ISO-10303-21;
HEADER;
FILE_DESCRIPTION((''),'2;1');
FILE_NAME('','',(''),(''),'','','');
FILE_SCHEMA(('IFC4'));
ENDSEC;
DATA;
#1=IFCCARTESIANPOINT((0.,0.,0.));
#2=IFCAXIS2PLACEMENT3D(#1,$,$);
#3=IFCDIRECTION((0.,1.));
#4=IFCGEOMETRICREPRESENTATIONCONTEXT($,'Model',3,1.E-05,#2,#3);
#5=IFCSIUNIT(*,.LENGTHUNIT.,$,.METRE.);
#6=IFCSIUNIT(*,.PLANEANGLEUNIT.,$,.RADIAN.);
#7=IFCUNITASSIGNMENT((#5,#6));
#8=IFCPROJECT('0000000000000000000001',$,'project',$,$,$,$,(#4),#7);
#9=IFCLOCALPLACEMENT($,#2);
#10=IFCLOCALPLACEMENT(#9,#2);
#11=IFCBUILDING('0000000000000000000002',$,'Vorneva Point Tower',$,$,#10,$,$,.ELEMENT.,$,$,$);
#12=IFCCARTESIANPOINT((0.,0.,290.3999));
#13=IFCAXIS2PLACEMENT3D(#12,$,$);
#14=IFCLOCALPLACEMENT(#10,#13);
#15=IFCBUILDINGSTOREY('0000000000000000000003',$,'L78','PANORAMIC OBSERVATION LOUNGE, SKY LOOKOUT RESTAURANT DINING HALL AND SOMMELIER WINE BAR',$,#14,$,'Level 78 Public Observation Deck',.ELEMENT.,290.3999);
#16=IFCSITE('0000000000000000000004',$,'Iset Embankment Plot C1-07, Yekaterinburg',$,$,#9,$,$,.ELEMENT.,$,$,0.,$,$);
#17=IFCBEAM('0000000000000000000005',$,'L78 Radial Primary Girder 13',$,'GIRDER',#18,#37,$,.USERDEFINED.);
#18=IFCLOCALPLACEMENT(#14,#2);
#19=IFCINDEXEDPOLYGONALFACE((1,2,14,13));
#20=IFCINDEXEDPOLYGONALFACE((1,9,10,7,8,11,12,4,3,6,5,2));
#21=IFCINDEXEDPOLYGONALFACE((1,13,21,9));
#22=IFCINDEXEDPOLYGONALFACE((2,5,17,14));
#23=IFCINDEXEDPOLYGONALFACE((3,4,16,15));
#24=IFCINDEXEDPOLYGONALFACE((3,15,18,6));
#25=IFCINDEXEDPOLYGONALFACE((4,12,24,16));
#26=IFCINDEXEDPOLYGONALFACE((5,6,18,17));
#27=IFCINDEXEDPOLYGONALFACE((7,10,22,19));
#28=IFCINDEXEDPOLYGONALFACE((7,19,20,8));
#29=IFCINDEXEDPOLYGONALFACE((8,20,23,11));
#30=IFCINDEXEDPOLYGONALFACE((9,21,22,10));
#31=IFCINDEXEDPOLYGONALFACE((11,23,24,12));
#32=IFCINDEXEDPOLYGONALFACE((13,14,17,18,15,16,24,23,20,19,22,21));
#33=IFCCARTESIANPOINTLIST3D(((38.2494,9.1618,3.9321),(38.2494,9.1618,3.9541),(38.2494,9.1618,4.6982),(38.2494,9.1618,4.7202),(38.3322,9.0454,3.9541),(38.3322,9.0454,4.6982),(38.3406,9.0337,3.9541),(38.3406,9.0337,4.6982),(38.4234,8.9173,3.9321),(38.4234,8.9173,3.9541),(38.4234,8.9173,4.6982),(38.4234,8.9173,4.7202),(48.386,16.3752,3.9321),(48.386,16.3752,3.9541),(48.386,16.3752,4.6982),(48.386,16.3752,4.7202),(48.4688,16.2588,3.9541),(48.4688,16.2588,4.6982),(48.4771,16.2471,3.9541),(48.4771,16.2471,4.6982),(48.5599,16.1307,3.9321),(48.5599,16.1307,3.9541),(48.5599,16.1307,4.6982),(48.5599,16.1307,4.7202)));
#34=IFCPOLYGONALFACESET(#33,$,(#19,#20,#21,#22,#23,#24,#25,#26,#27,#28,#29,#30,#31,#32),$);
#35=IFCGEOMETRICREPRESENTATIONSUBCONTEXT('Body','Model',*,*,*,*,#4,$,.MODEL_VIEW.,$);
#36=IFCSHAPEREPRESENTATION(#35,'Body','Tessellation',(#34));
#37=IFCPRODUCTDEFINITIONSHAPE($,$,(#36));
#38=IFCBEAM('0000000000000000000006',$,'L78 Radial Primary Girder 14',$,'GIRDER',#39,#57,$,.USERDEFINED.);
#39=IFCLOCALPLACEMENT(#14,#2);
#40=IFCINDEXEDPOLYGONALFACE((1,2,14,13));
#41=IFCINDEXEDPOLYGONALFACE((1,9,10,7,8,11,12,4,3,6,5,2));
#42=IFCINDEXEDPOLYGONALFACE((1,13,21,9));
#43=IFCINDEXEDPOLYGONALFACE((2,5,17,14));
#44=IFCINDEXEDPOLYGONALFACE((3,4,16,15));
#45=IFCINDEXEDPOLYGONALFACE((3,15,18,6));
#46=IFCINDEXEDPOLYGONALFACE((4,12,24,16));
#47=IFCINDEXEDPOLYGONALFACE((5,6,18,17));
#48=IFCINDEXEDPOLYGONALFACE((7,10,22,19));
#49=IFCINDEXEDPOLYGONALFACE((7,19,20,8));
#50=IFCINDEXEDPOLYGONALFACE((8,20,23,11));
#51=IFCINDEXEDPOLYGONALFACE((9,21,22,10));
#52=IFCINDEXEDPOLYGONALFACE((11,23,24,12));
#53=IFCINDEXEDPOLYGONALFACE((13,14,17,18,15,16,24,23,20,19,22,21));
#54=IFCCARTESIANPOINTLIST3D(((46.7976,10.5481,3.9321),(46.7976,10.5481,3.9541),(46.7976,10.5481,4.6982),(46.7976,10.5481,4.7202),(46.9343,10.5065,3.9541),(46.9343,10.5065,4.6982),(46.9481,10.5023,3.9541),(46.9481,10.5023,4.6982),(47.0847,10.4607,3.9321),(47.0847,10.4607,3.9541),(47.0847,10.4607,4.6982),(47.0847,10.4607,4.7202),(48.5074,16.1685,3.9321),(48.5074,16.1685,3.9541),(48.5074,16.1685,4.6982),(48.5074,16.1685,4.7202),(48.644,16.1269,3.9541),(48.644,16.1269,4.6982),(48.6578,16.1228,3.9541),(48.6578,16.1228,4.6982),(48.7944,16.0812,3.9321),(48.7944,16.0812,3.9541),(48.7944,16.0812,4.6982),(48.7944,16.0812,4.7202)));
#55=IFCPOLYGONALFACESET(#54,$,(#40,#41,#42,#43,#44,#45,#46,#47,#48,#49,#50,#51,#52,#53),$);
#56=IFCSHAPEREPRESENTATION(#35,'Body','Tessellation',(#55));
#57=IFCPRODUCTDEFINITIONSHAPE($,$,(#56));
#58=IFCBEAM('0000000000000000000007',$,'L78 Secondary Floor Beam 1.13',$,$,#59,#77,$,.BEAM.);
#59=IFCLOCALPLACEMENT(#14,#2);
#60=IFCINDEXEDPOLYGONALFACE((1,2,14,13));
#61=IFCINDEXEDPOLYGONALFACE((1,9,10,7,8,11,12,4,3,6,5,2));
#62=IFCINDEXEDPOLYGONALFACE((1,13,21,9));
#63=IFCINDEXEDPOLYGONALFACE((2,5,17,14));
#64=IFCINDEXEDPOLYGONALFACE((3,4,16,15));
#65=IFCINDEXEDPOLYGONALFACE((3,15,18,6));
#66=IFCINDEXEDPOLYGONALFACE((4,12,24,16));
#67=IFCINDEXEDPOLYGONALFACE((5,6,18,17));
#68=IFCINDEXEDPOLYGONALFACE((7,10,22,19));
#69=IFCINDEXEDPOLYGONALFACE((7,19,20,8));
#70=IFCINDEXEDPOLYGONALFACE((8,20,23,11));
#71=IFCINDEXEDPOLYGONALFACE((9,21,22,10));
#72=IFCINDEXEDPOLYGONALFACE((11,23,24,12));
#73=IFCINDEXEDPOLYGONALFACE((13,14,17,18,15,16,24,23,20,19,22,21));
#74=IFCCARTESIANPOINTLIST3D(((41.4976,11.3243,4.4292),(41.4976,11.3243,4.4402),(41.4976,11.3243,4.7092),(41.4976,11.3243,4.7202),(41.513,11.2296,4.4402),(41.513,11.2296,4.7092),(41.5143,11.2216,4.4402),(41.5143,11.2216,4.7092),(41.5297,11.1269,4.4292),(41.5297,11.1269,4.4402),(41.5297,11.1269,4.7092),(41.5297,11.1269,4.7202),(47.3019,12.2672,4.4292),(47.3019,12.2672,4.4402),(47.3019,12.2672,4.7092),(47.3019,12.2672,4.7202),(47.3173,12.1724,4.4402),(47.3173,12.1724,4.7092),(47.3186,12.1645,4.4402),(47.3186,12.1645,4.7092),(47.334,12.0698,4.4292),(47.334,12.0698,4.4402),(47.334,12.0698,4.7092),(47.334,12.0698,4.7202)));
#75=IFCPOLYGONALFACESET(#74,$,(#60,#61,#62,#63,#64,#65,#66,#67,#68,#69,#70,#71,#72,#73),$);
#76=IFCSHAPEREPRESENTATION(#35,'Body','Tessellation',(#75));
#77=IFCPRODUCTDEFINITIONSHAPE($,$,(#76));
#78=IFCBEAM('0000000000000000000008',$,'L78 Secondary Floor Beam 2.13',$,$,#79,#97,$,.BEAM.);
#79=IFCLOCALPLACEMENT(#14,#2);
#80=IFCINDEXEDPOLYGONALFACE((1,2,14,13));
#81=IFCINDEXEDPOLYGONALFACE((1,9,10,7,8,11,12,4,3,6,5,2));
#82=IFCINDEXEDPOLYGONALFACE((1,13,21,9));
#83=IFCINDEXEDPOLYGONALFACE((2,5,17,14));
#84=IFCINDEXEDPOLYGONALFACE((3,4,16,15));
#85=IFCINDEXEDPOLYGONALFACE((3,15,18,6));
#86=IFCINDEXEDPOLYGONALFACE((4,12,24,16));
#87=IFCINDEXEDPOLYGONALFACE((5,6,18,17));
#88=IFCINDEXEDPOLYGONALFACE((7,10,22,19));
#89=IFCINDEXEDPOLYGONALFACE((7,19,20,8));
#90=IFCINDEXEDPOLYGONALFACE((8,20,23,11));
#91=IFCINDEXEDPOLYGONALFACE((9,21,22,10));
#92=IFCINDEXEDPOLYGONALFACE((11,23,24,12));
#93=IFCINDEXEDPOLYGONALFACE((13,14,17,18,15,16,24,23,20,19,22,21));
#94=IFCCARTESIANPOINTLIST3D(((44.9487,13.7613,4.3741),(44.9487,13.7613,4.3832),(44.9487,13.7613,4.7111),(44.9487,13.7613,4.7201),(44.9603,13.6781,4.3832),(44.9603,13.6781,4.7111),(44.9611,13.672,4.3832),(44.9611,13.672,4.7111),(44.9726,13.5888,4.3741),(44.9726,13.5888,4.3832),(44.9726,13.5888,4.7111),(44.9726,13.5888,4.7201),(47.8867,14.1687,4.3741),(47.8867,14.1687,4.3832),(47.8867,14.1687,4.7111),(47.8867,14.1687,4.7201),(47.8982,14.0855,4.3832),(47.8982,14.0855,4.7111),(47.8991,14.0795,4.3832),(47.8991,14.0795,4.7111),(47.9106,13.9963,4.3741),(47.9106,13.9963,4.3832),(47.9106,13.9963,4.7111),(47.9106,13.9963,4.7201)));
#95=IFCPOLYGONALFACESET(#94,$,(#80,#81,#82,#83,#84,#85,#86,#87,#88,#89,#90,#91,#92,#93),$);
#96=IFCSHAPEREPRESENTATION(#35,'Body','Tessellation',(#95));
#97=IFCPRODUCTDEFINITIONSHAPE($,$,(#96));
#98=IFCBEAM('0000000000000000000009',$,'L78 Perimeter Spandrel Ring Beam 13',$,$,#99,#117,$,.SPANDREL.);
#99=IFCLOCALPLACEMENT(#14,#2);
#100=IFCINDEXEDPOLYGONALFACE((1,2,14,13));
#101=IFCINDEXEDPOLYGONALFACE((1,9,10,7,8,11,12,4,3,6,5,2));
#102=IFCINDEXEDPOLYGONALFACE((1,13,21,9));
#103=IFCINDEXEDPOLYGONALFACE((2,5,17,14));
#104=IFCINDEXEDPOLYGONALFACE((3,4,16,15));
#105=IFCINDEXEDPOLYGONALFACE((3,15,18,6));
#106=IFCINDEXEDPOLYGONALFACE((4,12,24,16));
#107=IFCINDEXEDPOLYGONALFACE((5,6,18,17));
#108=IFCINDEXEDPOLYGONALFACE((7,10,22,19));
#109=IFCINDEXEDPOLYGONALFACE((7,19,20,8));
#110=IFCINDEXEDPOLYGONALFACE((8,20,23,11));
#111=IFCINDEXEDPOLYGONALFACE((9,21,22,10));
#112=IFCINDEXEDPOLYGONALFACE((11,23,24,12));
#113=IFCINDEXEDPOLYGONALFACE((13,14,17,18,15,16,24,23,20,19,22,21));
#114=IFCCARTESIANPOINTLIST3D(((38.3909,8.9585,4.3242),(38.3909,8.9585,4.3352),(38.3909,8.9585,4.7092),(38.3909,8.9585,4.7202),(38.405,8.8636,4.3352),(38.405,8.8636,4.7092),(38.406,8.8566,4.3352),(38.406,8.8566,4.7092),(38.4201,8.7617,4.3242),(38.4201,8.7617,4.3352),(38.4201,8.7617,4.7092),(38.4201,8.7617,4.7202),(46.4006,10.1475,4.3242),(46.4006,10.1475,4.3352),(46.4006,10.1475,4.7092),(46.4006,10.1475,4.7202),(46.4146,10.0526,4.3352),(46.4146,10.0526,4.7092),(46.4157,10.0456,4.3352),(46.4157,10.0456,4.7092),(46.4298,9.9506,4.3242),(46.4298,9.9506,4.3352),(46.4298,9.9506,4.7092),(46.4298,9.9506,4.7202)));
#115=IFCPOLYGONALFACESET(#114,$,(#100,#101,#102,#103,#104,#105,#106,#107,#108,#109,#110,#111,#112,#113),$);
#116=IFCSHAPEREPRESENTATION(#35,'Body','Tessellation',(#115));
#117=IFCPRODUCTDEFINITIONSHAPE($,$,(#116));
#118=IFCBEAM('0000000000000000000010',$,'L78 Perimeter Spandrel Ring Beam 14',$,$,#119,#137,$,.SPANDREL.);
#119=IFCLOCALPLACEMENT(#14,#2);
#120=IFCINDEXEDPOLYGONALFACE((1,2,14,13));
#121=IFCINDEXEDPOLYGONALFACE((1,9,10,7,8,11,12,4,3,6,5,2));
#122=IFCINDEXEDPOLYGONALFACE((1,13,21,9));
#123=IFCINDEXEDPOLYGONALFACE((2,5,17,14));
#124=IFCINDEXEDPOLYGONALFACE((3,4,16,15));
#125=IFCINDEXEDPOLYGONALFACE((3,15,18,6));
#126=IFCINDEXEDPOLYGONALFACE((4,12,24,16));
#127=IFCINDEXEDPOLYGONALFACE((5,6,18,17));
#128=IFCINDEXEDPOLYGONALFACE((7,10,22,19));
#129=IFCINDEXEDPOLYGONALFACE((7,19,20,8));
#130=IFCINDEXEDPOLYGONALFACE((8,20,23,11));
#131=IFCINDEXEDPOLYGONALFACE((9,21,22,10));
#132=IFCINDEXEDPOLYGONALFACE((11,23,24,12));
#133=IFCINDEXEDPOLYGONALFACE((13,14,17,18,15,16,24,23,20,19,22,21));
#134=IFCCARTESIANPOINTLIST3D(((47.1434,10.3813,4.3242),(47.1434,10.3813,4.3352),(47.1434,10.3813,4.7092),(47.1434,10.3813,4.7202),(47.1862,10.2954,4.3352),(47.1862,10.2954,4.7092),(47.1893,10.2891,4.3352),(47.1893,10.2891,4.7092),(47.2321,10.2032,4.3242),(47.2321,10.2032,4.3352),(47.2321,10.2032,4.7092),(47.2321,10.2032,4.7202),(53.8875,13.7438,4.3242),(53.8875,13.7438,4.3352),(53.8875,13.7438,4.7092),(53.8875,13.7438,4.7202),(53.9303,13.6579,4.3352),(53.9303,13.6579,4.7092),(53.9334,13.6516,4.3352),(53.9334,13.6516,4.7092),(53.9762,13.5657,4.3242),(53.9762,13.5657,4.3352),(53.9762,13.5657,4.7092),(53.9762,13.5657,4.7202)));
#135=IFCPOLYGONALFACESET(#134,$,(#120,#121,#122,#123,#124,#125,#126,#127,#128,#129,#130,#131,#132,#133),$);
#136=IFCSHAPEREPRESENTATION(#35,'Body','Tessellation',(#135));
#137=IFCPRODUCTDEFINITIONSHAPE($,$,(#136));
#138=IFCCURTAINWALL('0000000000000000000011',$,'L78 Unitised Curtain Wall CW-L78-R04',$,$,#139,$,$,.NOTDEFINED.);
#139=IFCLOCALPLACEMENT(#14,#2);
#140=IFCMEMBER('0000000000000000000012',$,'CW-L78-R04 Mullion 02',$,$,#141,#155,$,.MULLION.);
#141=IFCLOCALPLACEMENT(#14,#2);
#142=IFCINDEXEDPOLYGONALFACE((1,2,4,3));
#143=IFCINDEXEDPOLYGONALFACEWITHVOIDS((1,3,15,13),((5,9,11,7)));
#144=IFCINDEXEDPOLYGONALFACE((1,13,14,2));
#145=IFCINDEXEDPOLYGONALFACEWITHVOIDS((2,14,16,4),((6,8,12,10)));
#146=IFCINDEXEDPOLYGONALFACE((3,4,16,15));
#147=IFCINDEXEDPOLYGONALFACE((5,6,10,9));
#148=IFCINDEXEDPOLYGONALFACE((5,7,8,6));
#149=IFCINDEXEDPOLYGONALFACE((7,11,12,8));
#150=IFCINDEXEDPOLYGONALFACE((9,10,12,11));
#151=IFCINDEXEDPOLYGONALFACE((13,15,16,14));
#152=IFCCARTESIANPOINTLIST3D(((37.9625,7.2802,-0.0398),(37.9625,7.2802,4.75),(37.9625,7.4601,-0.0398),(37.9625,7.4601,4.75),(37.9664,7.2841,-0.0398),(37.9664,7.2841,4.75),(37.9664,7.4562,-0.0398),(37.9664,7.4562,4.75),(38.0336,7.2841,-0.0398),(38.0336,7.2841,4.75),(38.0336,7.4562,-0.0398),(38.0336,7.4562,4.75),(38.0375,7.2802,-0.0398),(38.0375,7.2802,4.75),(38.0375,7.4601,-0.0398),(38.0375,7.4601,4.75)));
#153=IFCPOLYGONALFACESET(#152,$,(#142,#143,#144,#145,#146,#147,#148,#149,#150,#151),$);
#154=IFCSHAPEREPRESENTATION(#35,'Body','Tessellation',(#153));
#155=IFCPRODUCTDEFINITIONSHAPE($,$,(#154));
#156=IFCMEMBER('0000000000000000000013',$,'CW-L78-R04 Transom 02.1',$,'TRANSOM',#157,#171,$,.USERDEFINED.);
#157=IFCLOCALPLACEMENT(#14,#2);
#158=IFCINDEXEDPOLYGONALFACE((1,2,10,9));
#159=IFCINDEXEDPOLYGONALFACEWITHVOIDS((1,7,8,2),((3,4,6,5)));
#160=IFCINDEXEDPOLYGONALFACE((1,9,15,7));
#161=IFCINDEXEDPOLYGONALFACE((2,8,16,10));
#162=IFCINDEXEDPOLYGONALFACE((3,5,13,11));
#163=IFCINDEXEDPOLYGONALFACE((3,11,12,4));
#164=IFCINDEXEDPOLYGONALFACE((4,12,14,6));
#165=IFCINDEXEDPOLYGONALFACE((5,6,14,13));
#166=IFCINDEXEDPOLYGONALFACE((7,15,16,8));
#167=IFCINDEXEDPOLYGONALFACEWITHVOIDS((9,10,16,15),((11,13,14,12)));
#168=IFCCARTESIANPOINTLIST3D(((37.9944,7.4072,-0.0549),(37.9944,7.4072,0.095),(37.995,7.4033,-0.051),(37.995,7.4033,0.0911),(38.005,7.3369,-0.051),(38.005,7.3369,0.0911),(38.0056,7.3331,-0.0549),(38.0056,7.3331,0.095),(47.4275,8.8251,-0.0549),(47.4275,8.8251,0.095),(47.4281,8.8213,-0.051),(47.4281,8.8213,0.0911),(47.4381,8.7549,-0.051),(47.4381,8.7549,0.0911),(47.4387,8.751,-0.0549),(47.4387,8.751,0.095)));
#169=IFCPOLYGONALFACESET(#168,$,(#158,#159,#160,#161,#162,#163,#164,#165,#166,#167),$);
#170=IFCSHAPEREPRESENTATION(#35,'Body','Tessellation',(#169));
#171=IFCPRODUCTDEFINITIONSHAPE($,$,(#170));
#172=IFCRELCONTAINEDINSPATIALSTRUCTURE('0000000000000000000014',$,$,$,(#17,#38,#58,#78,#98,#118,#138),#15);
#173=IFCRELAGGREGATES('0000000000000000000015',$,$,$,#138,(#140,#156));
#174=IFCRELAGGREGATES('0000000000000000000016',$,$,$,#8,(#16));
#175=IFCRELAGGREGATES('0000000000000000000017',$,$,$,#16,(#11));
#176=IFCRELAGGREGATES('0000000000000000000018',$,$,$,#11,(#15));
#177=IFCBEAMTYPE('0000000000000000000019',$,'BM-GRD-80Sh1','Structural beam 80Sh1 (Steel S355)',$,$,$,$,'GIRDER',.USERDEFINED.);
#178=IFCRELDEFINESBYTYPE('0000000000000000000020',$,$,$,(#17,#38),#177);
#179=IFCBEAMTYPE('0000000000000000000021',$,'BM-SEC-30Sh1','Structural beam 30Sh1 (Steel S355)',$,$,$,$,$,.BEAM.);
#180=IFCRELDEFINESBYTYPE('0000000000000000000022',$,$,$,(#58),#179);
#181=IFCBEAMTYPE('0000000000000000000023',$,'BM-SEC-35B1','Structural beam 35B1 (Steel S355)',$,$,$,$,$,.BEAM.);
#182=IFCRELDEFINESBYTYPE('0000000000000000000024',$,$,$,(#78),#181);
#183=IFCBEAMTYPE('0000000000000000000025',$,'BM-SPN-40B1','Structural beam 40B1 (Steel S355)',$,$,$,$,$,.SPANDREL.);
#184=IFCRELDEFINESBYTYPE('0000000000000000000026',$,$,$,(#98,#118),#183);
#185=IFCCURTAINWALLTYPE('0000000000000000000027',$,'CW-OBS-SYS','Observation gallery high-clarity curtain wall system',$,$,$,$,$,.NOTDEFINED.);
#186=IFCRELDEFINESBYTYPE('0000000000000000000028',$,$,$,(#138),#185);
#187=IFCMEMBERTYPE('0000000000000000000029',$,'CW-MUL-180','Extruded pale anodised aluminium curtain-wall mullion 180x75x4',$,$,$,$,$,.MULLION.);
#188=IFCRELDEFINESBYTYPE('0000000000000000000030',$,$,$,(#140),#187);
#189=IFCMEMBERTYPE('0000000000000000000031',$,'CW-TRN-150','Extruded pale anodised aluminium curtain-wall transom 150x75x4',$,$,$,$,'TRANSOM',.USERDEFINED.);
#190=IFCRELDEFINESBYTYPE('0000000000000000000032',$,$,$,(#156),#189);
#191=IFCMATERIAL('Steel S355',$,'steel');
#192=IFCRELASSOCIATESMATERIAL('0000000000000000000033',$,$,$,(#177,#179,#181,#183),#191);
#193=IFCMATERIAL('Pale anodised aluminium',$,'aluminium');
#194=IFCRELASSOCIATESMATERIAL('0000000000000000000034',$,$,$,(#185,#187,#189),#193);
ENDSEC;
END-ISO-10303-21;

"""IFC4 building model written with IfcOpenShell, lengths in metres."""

from ifc_helpers import new_model, si_unit, direction, frame, origin, origin_2d, place, context, subcontext, project, spatial, hollow_rectangle, i_section, extrude, material, material_profile, profile_set, type_object, element, aggregate, save


model = new_model("IFC4")

# Units and contexts
model_context = context("Model", 3, precision=1e-05, world=origin(), true_north=direction((0.0, 1.0)))
body_context = subcontext(model_context, "Body", "Model", "MODEL_VIEW")
ifc_project = project(units=[si_unit("LENGTHUNIT", "METRE"), si_unit("PLANEANGLEUNIT", "RADIAN")], contexts=[model_context])

# Site, building, storey
site_placement = place(None, origin())
site = spatial("IfcSite", under=ifc_project, at=site_placement, Name="Iset Embankment Plot C1-07, Yekaterinburg", CompositionType="ELEMENT", RefElevation=0.0)
building_placement = place(site_placement, origin())
building = spatial("IfcBuilding", under=site, at=building_placement, Name="Vorneva Point Tower", CompositionType="ELEMENT")
storey_placement = place(building_placement, frame((0.0, 0.0, 290.3999)))
storey = spatial("IfcBuildingStorey", under=building, at=storey_placement, Name="L78", Description="PANORAMIC OBSERVATION LOUNGE, SKY LOOKOUT RESTAURANT DINING HALL AND SOMMELIER WINE BAR", LongName="Level 78 Public Observation Deck", CompositionType="ELEMENT", Elevation=290.3999)

# Beams
ifc_material_1 = material(Name="Steel S355", Category="steel")
ifc_material_profile_1 = material_profile(ifc_material_1, i_section(OverallWidth=0.3, OverallDepth=0.7881, WebThickness=0.0144, FlangeThickness=0.022, at=origin_2d()), Name="80Sh1")
ifc_profile_set_1 = profile_set([ifc_material_profile_1], Name="Steel S355")
beam_type_1 = type_object("IfcBeamType", Name="BM-GRD-80Sh1", Description="Structural beam 80Sh1 (Steel S355)", ElementType="GIRDER", PredefinedType="USERDEFINED", material=ifc_profile_set_1)
beam_1_placement = place(storey_placement, frame((38.3364, 9.0396, 4.3262), z_axis=(0.814757, 0.579802, 0.0), x_axis=(-0.579802, 0.814757, 0.0)))
element("IfcBeam", 1, at=beam_1_placement, inside=storey, type_object=beam_type_1, Name="L78 Radial Primary Girder 13", ObjectType="GIRDER", PredefinedType="USERDEFINED", context=body_context, shape_type="SweptSolid", body=[
    extrude(i_section(OverallWidth=0.3, OverallDepth=0.7881, WebThickness=0.0144, FlangeThickness=0.022, at=origin_2d()), origin(), (0.0, 0.0, 1.0), 12.4412),
])
beam_2_placement = place(storey_placement, frame((46.9412, 10.5044, 4.3262), z_axis=(0.291033, 0.956713, 0.0), x_axis=(-0.956713, 0.291033, 0.0)))
element("IfcBeam", 2, at=beam_2_placement, inside=storey, type_object=beam_type_1, Name="L78 Radial Primary Girder 14", ObjectType="GIRDER", PredefinedType="USERDEFINED", context=body_context, shape_type="SweptSolid", body=[
    extrude(i_section(OverallWidth=0.3, OverallDepth=0.7881, WebThickness=0.0144, FlangeThickness=0.022, at=origin_2d()), origin(), (0.0, 0.0, 1.0), 5.8748),
])
ifc_material_profile_2 = material_profile(ifc_material_1, i_section(OverallWidth=0.2, OverallDepth=0.291, WebThickness=0.0081, FlangeThickness=0.011, at=origin_2d()), Name="30Sh1")
ifc_profile_set_2 = profile_set([ifc_material_profile_2], Name="Steel S355")
beam_type_2 = type_object("IfcBeamType", Name="BM-SEC-30Sh1", Description="Structural beam 30Sh1 (Steel S355)", PredefinedType="BEAM", material=ifc_profile_set_2)
beam_3_placement = place(storey_placement, frame((41.5137, 11.2256, 4.5747), z_axis=(0.987061, 0.160344, 0.0), x_axis=(-0.160344, 0.987061, 0.0)))
element("IfcBeam", 3, at=beam_3_placement, inside=storey, type_object=beam_type_2, Name="L78 Secondary Floor Beam 1.13", PredefinedType="BEAM", context=body_context, shape_type="SweptSolid", body=[
    extrude(i_section(OverallWidth=0.2, OverallDepth=0.291, WebThickness=0.0081, FlangeThickness=0.011, at=origin_2d()), origin(), (0.0, 0.0, 1.0), 5.8804),
])
ifc_material_profile_3 = material_profile(ifc_material_1, i_section(OverallWidth=0.1741, OverallDepth=0.3459, WebThickness=0.0061, FlangeThickness=0.009, at=origin_2d()), Name="35B1")
ifc_profile_set_3 = profile_set([ifc_material_profile_3], Name="Steel S355")
beam_type_3 = type_object("IfcBeamType", Name="BM-SEC-35B1", Description="Structural beam 35B1 (Steel S355)", PredefinedType="BEAM", material=ifc_profile_set_3)
beam_4_placement = place(storey_placement, frame((44.9607, 13.675, 4.5471), z_axis=(0.990519, 0.137375, 0.0), x_axis=(-0.137375, 0.990519, 0.0)))
element("IfcBeam", 4, at=beam_4_placement, inside=storey, type_object=beam_type_3, Name="L78 Secondary Floor Beam 2.13", PredefinedType="BEAM", context=body_context, shape_type="SweptSolid", body=[
    extrude(i_section(OverallWidth=0.1741, OverallDepth=0.3459, WebThickness=0.0061, FlangeThickness=0.009, at=origin_2d()), origin(), (0.0, 0.0, 1.0), 2.9661),
])
ifc_material_profile_4 = material_profile(ifc_material_1, i_section(OverallWidth=0.199, OverallDepth=0.396, WebThickness=0.0071, FlangeThickness=0.011, at=origin_2d()), Name="40B1")
ifc_profile_set_4 = profile_set([ifc_material_profile_4], Name="Steel S355")
beam_type_4 = type_object("IfcBeamType", Name="BM-SPN-40B1", Description="Structural beam 40B1 (Steel S355)", PredefinedType="SPANDREL", material=ifc_profile_set_4)
beam_5_placement = place(storey_placement, frame((38.4055, 8.8601, 4.5222), z_axis=(0.989162, 0.146831, 0.0), x_axis=(-0.146831, 0.989162, 0.0)))
element("IfcBeam", 5, at=beam_5_placement, inside=storey, type_object=beam_type_4, Name="L78 Perimeter Spandrel Ring Beam 13", PredefinedType="SPANDREL", context=body_context, shape_type="SweptSolid", body=[
    extrude(i_section(OverallWidth=0.199, OverallDepth=0.396, WebThickness=0.0071, FlangeThickness=0.011, at=origin_2d()), origin(), (0.0, 0.0, 1.0), 8.0974),
])
beam_6_placement = place(storey_placement, frame((47.1877, 10.2922, 4.5222), z_axis=(0.894932, 0.446203, 0.0), x_axis=(-0.446203, 0.894932, 0.0)))
element("IfcBeam", 6, at=beam_6_placement, inside=storey, type_object=beam_type_4, Name="L78 Perimeter Spandrel Ring Beam 14", PredefinedType="SPANDREL", context=body_context, shape_type="SweptSolid", body=[
    extrude(i_section(OverallWidth=0.199, OverallDepth=0.396, WebThickness=0.0071, FlangeThickness=0.011, at=origin_2d()), origin(), (0.0, 0.0, 1.0), 7.5359),
])

# Curtain wall, members
ifc_material_2 = material(Name="Pale anodised aluminium", Category="aluminium")
curtain_wall_type = type_object("IfcCurtainWallType", Name="CW-OBS-SYS", Description="Observation gallery high-clarity curtain wall system", PredefinedType="NOTDEFINED", material=ifc_material_2)
curtain_wall_placement = place(storey_placement, origin())
curtain_wall = element("IfcCurtainWall", 7, at=curtain_wall_placement, inside=storey, type_object=curtain_wall_type, Name="L78 Unitised Curtain Wall CW-L78-R04", PredefinedType="NOTDEFINED")
ifc_material_profile_5 = material_profile(ifc_material_2, hollow_rectangle(XDim=0.075, YDim=0.1799, WallThickness=0.0039, at=origin_2d()), Name="AL-MUL 180x75x4")
ifc_profile_set_5 = profile_set([ifc_material_profile_5], Name="Pale anodised aluminium")
member_type_1 = type_object("IfcMemberType", Name="CW-MUL-180", Description="Extruded pale anodised aluminium curtain-wall mullion 180x75x4", PredefinedType="MULLION", material=ifc_profile_set_5)
member_1_placement = place(storey_placement, frame((38.0, 7.3701, -0.0398), z_axis=(0.0, 0.0, 1.0), x_axis=(1.0, 0.0, 0.0)))
member_1 = element("IfcMember", 8, at=member_1_placement, type_object=member_type_1, Name="CW-L78-R04 Mullion 02", PredefinedType="MULLION", context=body_context, shape_type="SweptSolid", body=[
    extrude(hollow_rectangle(XDim=0.075, YDim=0.1799, WallThickness=0.0039, at=origin_2d()), origin(), (0.0, 0.0, 1.0), 4.7898),
])
ifc_material_profile_6 = material_profile(ifc_material_2, hollow_rectangle(XDim=0.075, YDim=0.1499, WallThickness=0.0039, at=origin_2d()), Name="AL-TRN 150x75x4")
ifc_profile_set_6 = profile_set([ifc_material_profile_6], Name="Pale anodised aluminium")
member_type_2 = type_object("IfcMemberType", Name="CW-TRN-150", Description="Extruded pale anodised aluminium curtain-wall transom 150x75x4", ElementType="TRANSOM", PredefinedType="USERDEFINED", material=ifc_profile_set_6)
member_2_placement = place(storey_placement, frame((38.0, 7.3701, 0.02), z_axis=(0.98889, 0.148648, 0.0), x_axis=(-0.148648, 0.98889, 0.0)))
member_2 = element("IfcMember", 9, at=member_2_placement, type_object=member_type_2, Name="CW-L78-R04 Transom 02.1", ObjectType="TRANSOM", PredefinedType="USERDEFINED", context=body_context, shape_type="SweptSolid", body=[
    extrude(hollow_rectangle(XDim=0.075, YDim=0.1499, WallThickness=0.0039, at=origin_2d()), origin(), (0.0, 0.0, 1.0), 9.5391),
])
aggregate(curtain_wall, [member_1, member_2])

save(model, "model.ifc")
